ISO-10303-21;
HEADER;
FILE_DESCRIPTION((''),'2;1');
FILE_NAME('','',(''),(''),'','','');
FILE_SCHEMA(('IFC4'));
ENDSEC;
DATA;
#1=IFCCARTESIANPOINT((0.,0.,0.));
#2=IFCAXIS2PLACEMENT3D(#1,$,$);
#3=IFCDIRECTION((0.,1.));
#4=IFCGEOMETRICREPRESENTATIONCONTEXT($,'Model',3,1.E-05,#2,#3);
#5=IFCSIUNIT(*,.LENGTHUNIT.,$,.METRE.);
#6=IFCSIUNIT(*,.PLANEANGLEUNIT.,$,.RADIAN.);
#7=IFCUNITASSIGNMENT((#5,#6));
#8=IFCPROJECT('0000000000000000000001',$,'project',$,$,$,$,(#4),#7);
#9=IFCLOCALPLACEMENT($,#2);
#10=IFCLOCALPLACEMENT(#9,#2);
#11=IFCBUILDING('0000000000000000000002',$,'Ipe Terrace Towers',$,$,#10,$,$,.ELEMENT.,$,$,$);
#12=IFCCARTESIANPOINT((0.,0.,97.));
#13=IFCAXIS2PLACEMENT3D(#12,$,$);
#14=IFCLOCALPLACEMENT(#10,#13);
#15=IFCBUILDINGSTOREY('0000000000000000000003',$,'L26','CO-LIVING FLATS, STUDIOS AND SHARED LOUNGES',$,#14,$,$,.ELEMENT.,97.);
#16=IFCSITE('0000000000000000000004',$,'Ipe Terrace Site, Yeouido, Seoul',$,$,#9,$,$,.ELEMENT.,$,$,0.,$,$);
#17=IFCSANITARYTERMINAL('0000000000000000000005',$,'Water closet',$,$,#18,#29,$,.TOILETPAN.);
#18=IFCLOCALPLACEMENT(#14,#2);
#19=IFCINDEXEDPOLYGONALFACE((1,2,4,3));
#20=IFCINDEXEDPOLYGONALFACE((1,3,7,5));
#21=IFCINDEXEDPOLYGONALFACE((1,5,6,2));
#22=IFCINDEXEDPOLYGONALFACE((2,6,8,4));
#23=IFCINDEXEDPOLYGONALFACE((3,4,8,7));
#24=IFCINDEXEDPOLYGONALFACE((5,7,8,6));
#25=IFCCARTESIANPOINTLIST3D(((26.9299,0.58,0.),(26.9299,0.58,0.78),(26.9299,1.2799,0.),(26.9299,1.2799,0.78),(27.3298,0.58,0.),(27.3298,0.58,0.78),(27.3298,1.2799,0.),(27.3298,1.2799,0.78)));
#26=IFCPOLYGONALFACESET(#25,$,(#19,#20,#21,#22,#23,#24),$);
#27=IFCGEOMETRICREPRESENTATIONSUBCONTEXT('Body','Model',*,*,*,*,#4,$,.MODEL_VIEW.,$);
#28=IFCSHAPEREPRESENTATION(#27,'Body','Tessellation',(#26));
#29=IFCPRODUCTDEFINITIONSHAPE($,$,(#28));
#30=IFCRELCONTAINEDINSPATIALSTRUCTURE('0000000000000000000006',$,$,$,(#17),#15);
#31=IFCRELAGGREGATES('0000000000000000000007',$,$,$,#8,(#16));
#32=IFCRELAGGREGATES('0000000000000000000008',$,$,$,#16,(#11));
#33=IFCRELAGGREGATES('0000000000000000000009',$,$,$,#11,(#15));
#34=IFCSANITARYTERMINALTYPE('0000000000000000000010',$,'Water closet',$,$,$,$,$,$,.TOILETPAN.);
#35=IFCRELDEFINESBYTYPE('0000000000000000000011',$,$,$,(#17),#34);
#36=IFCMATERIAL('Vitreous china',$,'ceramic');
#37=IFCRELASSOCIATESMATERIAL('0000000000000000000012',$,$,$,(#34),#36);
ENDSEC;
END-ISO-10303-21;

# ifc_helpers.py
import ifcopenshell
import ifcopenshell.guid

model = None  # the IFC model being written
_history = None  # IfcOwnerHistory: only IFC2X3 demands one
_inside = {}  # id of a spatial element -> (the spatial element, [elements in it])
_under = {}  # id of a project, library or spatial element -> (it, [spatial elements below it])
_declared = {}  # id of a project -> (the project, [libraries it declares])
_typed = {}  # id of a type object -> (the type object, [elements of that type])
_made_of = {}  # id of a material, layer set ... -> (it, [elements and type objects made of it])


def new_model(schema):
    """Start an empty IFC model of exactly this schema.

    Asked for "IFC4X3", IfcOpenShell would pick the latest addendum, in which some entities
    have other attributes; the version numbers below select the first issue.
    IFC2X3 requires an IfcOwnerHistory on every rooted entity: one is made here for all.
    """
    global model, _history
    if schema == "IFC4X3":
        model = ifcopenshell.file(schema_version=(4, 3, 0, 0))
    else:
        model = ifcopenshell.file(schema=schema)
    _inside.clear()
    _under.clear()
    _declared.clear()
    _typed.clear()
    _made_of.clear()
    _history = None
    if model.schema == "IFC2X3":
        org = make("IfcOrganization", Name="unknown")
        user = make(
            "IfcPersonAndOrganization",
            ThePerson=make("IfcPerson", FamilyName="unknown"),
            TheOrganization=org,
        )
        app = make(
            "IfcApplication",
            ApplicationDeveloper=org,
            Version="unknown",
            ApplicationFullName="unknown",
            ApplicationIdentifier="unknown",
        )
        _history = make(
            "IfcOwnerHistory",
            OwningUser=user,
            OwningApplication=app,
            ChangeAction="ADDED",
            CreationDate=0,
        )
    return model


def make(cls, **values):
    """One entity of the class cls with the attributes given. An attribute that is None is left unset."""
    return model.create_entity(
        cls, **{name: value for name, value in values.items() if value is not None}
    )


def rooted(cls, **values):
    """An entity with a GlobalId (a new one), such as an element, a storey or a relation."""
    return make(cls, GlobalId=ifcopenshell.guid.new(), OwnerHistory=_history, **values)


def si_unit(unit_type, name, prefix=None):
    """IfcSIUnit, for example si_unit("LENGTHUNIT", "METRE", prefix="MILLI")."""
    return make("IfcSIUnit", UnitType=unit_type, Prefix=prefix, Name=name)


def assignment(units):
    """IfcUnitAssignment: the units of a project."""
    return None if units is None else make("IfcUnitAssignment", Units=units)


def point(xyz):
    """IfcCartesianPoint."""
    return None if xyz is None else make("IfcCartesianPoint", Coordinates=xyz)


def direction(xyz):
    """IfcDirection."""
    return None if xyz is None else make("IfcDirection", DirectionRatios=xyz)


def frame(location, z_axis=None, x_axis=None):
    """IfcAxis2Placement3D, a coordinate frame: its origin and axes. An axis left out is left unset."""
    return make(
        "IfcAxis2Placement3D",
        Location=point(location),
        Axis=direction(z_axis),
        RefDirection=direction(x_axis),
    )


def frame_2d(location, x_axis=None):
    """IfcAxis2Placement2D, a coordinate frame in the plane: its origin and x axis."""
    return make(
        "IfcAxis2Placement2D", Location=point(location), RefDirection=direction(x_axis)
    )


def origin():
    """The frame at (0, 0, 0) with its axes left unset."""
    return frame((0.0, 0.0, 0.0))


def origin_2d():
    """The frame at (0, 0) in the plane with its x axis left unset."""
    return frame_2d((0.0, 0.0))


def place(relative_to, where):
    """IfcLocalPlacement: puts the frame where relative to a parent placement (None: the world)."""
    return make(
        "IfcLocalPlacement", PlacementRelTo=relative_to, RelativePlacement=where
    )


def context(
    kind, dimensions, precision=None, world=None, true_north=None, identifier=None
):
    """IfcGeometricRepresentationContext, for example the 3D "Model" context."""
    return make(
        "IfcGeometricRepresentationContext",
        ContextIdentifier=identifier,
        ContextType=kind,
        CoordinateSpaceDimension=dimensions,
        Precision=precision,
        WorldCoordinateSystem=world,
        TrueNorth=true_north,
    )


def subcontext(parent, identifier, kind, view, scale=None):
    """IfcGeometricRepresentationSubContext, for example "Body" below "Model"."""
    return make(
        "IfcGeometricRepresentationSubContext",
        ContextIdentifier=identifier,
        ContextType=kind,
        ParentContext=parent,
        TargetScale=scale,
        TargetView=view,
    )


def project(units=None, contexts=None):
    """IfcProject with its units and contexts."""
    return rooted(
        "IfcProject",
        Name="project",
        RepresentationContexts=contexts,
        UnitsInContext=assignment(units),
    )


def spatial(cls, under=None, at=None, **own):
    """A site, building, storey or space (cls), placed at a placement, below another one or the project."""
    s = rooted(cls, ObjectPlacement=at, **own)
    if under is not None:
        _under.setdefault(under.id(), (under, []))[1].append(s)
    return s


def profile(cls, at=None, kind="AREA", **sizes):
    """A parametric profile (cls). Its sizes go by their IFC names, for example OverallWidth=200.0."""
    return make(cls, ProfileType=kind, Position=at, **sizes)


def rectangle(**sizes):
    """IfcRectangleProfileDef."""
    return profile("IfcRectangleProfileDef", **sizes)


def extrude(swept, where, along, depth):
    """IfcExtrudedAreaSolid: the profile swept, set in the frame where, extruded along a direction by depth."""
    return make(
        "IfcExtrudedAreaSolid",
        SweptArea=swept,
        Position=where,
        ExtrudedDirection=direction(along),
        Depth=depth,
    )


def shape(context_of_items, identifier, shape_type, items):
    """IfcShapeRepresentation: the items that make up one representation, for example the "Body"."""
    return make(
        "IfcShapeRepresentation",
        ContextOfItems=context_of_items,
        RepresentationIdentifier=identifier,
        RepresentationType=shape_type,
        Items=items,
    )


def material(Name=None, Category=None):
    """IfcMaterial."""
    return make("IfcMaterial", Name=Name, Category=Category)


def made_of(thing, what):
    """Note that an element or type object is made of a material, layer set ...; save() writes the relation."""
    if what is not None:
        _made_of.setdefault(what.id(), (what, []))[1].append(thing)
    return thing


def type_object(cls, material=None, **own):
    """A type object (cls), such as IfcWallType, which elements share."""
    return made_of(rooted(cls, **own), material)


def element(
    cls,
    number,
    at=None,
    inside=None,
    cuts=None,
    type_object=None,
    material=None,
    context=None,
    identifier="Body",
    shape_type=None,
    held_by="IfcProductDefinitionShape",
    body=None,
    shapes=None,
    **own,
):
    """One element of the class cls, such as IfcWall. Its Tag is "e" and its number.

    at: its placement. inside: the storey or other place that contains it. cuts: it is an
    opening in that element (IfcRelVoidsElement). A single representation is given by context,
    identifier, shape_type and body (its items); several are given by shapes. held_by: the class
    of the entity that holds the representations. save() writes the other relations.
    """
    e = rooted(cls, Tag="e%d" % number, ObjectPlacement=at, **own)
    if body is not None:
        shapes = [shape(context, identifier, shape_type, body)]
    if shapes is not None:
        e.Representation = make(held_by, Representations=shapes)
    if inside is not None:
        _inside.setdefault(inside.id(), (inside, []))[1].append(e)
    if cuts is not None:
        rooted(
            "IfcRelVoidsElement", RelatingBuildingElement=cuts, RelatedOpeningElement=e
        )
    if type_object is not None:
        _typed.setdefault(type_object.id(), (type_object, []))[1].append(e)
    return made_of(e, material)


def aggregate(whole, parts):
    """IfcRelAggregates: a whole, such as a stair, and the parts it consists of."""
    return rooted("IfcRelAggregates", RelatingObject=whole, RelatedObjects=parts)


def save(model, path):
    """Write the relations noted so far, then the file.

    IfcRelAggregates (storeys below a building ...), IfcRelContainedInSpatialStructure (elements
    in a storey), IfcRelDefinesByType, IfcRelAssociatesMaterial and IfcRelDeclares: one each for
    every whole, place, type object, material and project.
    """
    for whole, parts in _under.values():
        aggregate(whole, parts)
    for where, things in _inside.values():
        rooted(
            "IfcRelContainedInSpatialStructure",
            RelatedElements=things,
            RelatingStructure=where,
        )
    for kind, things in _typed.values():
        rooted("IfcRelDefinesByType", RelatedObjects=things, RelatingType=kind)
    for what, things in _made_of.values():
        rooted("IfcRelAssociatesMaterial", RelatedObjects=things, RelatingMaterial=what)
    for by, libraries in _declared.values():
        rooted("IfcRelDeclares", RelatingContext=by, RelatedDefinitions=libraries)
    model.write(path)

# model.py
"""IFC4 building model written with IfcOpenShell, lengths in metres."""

from ifc_helpers import new_model, si_unit, direction, frame, origin, origin_2d, place, context, subcontext, project, spatial, rectangle, extrude, material, type_object, element, save


model = new_model("IFC4")

# Units and contexts
model_context = context("Model", 3, precision=1e-05, world=origin(), true_north=direction((0.0, 1.0)))
body_context = subcontext(model_context, "Body", "Model", "MODEL_VIEW")
ifc_project = project(units=[si_unit("LENGTHUNIT", "METRE"), si_unit("PLANEANGLEUNIT", "RADIAN")], contexts=[model_context])

# Site, building, storey
site_placement = place(None, origin())
site = spatial("IfcSite", under=ifc_project, at=site_placement, Name="Ipe Terrace Site, Yeouido, Seoul", CompositionType="ELEMENT", RefElevation=0.0)
building_placement = place(site_placement, origin())
building = spatial("IfcBuilding", under=site, at=building_placement, Name="Ipe Terrace Towers", CompositionType="ELEMENT")
storey_placement = place(building_placement, frame((0.0, 0.0, 97.0)))
storey = spatial("IfcBuildingStorey", under=building, at=storey_placement, Name="L26", Description="CO-LIVING FLATS, STUDIOS AND SHARED LOUNGES", CompositionType="ELEMENT", Elevation=97.0)

# Sanitary terminal
ifc_material_1 = material(Name="Vitreous china", Category="ceramic")
sanitary_terminal_type_1 = type_object("IfcSanitaryTerminalType", Name="Water closet", PredefinedType="TOILETPAN", material=ifc_material_1)
sanitary_terminal_1_placement = place(storey_placement, frame((27.1299, 0.9299, 0.0), z_axis=(0.0, 0.0, 1.0), x_axis=(0.0, -1.0, 0.0)))
element("IfcSanitaryTerminal", 1, at=sanitary_terminal_1_placement, inside=storey, type_object=sanitary_terminal_type_1, Name="Water closet", PredefinedType="TOILETPAN", context=body_context, shape_type="SweptSolid", body=[
    extrude(rectangle(XDim=0.7, YDim=0.3999, at=origin_2d()), origin(), (0.0, 0.0, 1.0), 0.78),
])

save(model, "model.ifc")
